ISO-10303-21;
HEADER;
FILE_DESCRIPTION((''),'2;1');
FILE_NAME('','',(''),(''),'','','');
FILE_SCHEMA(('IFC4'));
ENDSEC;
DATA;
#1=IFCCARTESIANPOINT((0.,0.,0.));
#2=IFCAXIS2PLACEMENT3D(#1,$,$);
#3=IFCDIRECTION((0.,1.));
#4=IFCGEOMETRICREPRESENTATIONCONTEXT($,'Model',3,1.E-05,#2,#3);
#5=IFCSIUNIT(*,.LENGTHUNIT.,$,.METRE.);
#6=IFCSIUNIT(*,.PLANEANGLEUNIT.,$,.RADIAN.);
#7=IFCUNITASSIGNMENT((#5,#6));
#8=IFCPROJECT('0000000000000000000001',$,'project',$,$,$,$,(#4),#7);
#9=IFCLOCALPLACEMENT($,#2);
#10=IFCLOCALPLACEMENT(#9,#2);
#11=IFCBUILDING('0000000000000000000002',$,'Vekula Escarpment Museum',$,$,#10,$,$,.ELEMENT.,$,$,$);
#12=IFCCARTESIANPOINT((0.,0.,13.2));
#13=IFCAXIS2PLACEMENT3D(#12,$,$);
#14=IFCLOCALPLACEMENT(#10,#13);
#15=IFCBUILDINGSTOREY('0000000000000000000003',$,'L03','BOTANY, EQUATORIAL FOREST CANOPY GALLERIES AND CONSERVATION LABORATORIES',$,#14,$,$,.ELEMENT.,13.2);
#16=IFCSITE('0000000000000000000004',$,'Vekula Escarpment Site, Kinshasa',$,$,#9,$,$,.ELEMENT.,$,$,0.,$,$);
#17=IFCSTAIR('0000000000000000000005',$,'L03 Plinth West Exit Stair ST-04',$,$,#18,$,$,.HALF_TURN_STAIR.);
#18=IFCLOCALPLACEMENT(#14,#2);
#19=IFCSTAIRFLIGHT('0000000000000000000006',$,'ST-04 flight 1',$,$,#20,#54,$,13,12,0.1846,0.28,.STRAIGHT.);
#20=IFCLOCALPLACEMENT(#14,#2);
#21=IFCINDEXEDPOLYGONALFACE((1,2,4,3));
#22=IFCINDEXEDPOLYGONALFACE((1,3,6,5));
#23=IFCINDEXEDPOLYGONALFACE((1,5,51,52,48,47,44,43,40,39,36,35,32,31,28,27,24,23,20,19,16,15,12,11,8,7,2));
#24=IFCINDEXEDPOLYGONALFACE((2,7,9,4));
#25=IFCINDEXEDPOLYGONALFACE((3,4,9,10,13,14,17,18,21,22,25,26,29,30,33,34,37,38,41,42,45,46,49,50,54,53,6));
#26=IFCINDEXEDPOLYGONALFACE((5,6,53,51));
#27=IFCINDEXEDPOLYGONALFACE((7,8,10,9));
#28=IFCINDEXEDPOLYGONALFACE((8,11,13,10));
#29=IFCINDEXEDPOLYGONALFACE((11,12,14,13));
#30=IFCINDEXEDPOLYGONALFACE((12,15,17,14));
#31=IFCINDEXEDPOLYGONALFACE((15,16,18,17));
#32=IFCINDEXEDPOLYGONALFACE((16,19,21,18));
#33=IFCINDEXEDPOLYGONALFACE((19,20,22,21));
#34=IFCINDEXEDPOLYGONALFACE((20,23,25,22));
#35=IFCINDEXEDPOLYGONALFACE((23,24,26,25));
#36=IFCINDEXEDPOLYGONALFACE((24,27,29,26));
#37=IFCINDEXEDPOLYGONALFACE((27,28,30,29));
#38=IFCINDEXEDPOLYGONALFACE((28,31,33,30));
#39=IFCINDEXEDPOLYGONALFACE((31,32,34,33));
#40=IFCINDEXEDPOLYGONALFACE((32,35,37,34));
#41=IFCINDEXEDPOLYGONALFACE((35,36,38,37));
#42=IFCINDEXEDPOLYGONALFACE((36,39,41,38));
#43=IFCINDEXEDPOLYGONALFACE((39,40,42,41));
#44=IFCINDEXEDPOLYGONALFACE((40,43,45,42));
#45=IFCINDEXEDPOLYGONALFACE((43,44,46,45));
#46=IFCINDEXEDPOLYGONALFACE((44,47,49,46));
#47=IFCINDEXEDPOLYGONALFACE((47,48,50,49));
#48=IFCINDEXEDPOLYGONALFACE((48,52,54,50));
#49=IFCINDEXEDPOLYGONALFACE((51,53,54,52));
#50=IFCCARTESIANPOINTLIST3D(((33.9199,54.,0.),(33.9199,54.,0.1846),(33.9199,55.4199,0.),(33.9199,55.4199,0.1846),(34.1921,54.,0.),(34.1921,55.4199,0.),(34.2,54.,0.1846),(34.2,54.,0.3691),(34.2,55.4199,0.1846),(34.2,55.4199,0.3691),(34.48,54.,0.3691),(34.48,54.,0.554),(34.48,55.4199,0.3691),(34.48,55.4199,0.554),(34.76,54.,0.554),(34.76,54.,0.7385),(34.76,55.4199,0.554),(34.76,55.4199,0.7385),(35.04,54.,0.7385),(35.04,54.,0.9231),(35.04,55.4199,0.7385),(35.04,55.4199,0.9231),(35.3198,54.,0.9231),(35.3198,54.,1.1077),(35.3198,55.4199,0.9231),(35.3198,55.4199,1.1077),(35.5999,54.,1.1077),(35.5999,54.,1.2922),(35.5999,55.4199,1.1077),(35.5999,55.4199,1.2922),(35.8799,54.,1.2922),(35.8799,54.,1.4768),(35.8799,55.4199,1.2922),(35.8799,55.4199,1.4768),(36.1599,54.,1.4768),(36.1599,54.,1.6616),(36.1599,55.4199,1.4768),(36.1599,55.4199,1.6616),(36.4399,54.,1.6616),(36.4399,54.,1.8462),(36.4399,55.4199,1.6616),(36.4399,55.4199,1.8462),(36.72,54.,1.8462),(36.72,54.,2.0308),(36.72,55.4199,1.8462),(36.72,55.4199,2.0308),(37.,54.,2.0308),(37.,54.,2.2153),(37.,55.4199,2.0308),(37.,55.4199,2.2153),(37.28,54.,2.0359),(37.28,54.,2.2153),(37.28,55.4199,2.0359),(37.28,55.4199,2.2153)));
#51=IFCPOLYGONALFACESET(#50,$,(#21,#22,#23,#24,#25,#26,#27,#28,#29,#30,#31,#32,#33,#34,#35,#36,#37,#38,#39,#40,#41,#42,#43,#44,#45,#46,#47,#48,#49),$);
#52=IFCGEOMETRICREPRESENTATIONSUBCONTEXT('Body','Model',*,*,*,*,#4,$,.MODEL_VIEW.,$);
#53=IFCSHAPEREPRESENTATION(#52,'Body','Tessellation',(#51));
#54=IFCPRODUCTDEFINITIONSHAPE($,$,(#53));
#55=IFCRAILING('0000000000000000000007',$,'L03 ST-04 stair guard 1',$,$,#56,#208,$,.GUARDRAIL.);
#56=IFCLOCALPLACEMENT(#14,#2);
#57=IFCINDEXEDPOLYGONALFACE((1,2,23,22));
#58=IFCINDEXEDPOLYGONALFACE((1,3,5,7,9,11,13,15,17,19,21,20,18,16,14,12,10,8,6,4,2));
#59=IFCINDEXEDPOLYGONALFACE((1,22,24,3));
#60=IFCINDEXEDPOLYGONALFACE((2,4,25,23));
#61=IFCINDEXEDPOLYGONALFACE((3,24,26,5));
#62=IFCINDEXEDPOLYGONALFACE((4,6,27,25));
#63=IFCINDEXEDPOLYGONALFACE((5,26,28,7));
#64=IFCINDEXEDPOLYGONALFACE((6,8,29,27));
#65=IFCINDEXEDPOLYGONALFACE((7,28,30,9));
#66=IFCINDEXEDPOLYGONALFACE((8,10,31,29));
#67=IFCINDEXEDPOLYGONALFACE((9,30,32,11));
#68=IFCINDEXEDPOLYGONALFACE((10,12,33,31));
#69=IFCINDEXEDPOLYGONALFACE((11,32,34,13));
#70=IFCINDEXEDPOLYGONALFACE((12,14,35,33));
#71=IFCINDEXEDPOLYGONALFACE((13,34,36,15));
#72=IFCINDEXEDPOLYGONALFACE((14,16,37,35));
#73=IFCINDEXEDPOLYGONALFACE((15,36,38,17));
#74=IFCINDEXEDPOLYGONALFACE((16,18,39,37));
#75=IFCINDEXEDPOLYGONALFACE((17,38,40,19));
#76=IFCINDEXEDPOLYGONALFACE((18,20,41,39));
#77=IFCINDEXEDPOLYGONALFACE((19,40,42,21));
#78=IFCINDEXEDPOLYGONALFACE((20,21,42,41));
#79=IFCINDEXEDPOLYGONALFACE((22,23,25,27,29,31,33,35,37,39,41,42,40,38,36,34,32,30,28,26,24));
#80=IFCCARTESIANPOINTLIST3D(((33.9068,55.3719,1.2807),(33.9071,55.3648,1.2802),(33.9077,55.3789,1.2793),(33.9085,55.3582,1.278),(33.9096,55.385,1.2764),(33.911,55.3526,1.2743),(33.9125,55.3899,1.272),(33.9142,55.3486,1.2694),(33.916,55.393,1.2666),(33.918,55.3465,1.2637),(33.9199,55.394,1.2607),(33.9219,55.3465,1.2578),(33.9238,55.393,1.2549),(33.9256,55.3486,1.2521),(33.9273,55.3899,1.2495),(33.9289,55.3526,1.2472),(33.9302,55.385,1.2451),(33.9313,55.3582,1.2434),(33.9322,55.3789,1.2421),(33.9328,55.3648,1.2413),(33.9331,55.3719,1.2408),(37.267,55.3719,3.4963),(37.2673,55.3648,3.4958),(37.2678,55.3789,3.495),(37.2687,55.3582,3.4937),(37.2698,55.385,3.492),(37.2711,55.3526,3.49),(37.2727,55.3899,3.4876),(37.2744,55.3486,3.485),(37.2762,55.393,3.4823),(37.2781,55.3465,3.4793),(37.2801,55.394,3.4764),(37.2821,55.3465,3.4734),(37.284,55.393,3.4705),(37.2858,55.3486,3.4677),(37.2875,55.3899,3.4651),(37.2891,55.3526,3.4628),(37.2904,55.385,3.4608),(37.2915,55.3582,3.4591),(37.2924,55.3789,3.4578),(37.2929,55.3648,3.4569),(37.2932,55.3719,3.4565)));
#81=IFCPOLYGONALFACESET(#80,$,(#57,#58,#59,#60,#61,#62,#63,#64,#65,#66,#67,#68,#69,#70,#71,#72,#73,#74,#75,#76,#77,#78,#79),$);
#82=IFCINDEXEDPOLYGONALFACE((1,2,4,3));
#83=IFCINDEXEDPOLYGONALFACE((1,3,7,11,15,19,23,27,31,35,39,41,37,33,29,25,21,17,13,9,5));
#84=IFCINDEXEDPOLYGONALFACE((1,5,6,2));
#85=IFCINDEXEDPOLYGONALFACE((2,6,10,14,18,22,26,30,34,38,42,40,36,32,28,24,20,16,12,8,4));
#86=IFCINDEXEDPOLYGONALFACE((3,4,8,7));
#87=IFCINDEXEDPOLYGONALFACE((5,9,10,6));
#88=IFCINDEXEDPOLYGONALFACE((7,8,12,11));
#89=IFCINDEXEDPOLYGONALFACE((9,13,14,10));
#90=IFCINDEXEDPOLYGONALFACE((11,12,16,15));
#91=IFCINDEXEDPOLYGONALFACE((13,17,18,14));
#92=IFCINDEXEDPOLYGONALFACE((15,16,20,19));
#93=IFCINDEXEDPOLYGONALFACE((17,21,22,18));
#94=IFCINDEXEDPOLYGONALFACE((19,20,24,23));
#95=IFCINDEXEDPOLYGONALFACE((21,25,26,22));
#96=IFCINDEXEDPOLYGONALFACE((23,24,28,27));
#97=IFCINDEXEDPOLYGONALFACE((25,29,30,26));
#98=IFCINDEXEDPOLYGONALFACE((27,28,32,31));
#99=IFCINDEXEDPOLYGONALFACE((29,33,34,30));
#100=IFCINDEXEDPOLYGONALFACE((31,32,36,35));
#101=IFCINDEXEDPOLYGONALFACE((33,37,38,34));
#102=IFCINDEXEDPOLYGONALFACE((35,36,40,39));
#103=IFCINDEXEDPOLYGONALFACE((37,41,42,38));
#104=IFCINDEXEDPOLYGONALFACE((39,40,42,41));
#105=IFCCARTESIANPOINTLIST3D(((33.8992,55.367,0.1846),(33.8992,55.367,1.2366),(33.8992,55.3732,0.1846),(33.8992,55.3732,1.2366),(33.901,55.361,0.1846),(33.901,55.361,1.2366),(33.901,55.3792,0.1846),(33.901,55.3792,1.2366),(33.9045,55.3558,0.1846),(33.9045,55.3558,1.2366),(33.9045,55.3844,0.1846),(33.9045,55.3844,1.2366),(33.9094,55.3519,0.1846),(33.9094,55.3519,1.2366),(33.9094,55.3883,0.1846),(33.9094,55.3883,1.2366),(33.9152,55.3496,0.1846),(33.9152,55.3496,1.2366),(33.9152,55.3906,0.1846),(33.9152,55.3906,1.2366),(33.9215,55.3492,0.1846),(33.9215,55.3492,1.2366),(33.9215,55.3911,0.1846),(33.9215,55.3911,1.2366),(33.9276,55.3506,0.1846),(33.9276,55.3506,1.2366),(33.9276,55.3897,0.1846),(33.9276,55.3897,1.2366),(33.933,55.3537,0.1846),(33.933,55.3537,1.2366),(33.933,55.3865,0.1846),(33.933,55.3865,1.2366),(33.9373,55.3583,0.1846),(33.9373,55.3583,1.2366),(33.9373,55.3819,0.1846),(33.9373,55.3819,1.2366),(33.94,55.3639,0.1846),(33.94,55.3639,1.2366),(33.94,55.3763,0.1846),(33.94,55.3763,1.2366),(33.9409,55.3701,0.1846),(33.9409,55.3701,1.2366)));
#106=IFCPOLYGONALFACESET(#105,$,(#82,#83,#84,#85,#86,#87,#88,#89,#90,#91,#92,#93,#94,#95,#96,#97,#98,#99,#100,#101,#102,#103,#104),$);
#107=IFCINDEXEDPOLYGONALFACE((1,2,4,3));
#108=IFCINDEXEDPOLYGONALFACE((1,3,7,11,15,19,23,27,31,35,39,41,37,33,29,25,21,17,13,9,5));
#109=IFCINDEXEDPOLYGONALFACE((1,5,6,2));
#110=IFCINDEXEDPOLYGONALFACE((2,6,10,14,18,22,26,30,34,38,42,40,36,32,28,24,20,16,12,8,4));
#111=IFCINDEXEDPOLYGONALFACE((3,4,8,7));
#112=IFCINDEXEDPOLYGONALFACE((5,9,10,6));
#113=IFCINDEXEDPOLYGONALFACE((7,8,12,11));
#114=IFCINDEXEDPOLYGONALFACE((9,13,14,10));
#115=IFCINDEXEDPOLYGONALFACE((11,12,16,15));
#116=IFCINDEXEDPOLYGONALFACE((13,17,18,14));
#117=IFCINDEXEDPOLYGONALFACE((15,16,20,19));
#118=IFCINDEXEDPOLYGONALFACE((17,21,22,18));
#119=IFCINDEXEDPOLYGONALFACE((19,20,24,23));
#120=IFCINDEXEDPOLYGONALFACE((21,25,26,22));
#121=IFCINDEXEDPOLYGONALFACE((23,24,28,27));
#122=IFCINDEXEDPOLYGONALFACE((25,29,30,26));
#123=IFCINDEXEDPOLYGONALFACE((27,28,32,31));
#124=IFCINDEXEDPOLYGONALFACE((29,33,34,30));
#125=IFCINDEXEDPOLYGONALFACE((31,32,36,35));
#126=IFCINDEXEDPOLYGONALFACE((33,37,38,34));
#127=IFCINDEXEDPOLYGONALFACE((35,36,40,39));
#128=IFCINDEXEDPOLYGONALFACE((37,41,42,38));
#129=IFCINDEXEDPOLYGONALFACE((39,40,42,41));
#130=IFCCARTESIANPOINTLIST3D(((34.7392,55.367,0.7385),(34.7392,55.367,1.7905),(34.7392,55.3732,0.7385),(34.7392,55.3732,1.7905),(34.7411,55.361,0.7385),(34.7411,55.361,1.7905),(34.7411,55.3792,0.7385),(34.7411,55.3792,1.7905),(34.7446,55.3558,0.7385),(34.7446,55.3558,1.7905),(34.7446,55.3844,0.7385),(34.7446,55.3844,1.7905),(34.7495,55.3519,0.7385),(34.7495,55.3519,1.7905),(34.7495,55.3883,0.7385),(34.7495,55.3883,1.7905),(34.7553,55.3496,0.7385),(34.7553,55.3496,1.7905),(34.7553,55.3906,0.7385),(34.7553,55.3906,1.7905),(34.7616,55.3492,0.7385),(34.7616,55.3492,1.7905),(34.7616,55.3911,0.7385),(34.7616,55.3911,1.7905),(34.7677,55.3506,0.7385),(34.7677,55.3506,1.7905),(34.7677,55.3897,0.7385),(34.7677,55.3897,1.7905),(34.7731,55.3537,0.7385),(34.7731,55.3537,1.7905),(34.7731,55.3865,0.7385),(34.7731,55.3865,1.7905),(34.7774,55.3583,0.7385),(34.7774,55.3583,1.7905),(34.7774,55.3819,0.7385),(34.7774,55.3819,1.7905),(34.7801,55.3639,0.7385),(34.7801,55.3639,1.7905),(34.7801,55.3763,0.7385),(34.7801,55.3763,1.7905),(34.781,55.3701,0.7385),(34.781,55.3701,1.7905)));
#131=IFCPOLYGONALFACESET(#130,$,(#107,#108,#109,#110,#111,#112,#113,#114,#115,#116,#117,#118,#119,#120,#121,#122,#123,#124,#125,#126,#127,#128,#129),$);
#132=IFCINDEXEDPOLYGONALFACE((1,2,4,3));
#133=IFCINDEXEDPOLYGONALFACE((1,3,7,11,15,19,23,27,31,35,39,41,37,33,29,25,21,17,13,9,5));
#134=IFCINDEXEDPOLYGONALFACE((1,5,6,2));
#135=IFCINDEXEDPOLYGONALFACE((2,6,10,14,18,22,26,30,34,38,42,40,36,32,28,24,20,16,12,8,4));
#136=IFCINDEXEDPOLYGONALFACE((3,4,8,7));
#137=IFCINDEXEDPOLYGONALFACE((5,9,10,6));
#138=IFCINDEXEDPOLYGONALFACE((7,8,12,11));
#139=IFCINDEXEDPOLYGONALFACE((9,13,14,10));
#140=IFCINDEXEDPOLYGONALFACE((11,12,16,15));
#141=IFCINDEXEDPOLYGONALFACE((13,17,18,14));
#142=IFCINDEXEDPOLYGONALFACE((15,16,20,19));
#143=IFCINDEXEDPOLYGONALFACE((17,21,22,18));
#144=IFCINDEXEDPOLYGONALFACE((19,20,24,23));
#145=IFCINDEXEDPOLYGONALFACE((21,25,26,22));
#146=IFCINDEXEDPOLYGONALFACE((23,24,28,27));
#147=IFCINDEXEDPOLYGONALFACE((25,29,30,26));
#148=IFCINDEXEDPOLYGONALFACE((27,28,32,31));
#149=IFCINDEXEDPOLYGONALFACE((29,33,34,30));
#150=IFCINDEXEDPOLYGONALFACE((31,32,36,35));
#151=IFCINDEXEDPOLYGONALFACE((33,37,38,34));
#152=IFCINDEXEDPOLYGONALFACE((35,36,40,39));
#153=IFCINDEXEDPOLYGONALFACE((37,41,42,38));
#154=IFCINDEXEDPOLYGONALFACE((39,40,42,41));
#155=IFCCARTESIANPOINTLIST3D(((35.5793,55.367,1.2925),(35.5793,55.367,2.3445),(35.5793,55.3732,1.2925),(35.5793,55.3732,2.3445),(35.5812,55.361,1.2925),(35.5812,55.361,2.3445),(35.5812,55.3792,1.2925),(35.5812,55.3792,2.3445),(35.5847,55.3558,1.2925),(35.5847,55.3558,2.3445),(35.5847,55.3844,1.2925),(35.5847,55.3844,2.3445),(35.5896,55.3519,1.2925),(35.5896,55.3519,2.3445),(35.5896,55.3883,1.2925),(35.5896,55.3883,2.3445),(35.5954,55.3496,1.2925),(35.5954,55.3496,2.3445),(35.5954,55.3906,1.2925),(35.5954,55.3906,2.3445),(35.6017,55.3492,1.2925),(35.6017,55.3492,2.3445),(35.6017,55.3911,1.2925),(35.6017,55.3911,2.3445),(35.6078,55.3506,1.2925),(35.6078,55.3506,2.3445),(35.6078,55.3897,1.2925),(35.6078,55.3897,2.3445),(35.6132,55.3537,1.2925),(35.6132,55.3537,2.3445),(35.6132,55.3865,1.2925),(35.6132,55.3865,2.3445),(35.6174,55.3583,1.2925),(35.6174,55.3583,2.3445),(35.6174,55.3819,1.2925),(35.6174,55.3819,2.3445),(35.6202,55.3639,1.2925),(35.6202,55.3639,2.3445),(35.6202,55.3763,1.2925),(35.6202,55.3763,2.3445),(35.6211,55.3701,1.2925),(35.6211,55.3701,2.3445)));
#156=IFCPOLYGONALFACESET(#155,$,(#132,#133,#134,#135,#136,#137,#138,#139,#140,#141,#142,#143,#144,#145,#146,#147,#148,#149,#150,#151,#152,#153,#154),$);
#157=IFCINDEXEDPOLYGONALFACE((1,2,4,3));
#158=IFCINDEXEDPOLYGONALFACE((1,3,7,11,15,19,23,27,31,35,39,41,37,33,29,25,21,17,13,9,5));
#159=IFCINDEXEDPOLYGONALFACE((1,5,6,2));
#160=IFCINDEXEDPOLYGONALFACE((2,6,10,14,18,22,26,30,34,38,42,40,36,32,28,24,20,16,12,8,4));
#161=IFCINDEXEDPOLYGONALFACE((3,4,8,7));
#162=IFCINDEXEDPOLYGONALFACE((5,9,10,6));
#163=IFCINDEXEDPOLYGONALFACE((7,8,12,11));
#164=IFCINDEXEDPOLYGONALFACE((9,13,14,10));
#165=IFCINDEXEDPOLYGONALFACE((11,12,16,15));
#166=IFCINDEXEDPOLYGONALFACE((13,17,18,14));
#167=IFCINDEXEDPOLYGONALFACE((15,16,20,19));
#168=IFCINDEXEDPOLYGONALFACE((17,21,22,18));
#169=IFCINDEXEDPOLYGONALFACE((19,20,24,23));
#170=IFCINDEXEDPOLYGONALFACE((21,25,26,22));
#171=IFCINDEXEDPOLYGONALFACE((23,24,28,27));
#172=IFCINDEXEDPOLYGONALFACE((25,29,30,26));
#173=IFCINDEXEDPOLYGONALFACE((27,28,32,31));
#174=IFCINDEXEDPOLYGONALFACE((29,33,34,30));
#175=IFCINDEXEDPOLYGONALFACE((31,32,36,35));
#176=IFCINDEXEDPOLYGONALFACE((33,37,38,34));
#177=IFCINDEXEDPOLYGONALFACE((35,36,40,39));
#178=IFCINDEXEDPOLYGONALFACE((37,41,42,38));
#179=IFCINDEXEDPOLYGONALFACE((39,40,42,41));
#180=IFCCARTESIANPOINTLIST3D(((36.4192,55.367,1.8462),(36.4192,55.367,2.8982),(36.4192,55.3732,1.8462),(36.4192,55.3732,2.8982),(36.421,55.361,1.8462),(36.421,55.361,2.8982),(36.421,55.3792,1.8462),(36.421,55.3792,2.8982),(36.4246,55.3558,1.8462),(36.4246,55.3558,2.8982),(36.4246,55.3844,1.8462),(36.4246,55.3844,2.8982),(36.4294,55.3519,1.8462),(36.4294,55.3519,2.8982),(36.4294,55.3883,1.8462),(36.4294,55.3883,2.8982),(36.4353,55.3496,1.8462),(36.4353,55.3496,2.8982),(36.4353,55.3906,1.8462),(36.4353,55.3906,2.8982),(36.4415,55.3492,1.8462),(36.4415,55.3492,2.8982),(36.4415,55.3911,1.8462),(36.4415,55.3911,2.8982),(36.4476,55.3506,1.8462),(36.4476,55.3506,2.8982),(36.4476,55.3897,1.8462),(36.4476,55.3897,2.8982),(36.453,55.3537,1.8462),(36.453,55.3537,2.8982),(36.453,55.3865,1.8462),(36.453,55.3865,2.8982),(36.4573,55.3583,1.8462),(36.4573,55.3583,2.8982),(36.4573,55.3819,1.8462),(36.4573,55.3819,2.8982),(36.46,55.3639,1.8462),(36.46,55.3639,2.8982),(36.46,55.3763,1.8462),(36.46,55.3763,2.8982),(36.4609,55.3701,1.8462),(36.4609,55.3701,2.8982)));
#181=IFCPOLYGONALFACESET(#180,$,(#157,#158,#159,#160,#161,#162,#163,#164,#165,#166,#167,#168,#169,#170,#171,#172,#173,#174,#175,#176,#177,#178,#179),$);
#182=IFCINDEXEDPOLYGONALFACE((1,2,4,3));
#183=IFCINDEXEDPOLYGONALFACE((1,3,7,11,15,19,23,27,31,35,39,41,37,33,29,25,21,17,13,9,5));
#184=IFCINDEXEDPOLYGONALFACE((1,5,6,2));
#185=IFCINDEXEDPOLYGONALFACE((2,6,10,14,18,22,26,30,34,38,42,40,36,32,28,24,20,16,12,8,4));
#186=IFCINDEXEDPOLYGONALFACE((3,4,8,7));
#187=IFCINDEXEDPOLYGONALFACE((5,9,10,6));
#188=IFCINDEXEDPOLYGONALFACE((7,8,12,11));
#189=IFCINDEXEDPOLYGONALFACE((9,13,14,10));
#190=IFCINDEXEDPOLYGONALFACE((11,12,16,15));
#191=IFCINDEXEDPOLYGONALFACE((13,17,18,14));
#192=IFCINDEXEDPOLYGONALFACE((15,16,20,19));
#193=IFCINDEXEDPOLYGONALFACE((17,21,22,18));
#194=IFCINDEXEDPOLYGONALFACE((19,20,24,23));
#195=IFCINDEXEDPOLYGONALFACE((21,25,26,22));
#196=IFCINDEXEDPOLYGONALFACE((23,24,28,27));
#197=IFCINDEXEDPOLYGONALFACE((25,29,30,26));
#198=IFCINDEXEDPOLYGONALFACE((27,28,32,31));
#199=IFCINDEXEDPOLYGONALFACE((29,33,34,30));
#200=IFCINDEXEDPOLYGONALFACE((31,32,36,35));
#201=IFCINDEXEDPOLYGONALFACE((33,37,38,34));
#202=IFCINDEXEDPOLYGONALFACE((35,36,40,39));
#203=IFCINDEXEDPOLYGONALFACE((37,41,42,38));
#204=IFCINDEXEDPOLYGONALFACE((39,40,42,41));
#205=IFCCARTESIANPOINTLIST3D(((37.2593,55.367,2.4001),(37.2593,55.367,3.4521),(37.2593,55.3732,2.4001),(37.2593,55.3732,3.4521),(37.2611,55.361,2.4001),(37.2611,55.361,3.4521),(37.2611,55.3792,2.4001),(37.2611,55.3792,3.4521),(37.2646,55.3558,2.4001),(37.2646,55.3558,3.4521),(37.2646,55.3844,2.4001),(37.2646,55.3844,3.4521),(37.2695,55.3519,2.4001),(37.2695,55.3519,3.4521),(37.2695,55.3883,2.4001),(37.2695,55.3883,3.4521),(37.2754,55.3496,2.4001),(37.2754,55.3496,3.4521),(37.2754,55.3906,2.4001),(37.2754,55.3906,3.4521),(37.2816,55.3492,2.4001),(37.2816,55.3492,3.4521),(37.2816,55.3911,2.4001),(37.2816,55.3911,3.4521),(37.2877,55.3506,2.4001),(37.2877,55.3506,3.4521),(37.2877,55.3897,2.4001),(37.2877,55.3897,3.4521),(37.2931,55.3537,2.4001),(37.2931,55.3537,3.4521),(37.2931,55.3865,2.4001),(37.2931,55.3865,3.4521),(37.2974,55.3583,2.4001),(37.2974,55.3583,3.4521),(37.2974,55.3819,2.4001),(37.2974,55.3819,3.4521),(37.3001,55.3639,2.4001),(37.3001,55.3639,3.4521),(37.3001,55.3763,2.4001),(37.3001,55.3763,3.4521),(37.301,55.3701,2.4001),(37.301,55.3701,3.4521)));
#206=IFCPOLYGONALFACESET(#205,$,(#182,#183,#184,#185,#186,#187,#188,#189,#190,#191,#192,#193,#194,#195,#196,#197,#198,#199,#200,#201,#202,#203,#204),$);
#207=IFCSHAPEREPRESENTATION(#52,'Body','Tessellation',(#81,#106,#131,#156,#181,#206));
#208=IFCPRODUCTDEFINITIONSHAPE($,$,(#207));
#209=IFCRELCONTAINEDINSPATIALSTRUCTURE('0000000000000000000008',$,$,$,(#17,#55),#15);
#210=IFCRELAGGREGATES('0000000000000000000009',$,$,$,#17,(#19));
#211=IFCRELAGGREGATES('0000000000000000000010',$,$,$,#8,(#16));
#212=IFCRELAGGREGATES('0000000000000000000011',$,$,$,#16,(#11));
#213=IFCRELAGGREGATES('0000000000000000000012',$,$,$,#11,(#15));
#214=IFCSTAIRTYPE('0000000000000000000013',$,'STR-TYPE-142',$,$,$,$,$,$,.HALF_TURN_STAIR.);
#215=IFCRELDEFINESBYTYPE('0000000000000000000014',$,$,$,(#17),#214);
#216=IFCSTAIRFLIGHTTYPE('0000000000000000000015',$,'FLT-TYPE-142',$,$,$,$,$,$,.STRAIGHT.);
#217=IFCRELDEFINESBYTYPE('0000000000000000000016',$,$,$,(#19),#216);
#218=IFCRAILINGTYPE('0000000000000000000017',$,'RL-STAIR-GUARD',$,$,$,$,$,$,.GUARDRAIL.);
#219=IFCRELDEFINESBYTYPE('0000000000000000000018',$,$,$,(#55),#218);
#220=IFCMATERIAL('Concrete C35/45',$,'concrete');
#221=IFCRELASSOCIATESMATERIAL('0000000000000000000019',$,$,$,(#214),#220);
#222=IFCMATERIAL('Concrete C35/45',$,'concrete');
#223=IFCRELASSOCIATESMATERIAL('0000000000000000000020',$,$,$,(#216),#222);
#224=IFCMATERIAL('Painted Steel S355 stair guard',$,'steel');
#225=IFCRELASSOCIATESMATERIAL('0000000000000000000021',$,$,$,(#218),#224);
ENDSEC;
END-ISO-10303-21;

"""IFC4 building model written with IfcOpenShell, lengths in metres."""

from ifc_helpers import new_model, si_unit, direction, frame, origin, origin_2d, place, context, subcontext, project, spatial, polyline, circle, outline, extrude, material, type_object, element, aggregate, save


model = new_model("IFC4")

# Units and contexts
model_context = context("Model", 3, precision=1e-05, world=origin(), true_north=direction((0.0, 1.0)))
body_context = subcontext(model_context, "Body", "Model", "MODEL_VIEW")
ifc_project = project(units=[si_unit("LENGTHUNIT", "METRE"), si_unit("PLANEANGLEUNIT", "RADIAN")], contexts=[model_context])

# Site, building, storey
site_placement = place(None, origin())
site = spatial("IfcSite", under=ifc_project, at=site_placement, Name="Vekula Escarpment Site, Kinshasa", CompositionType="ELEMENT", RefElevation=0.0)
building_placement = place(site_placement, origin())
building = spatial("IfcBuilding", under=site, at=building_placement, Name="Vekula Escarpment Museum", CompositionType="ELEMENT")
storey_placement = place(building_placement, frame((0.0, 0.0, 13.2)))
storey = spatial("IfcBuildingStorey", under=building, at=storey_placement, Name="L03", Description="BOTANY, EQUATORIAL FOREST CANOPY GALLERIES AND CONSERVATION LABORATORIES", CompositionType="ELEMENT", Elevation=13.2)

# Stair, stair flight
ifc_material_1 = material(Name="Concrete C35/45", Category="concrete")
stair_type = type_object("IfcStairType", Name="STR-TYPE-142", PredefinedType="HALF_TURN_STAIR", material=ifc_material_1)
stair_placement = place(storey_placement, origin())
stair = element("IfcStair", 1, at=stair_placement, inside=storey, type_object=stair_type, Name="L03 Plinth West Exit Stair ST-04", PredefinedType="HALF_TURN_STAIR")
ifc_material_2 = material(Name="Concrete C35/45", Category="concrete")
stair_flight_type = type_object("IfcStairFlightType", Name="FLT-TYPE-142", PredefinedType="STRAIGHT", material=ifc_material_2)
stair_flight_placement = place(storey_placement, frame((33.9199, 54.71, 0.0), z_axis=(0.0, 0.0, 1.0), x_axis=(1.0, 0.0, 0.0)))
stair_flight = element("IfcStairFlight", 2, at=stair_flight_placement, type_object=stair_flight_type, Name="ST-04 flight 1", NumberOfRisers=13, NumberOfTreads=12, PredefinedType="STRAIGHT", RiserHeight=0.1846, TreadLength=0.28, context=body_context, shape_type="SweptSolid", body=[
    extrude(outline(polyline([(0.0, 0.0), (0.0, 0.1846), (0.28, 0.1846), (0.28, 0.3691), (0.5601, 0.3691), (0.5601, 0.554), (0.8401, 0.554), (0.8401, 0.7385), (1.1201, 0.7385), (1.1201, 0.9231), (1.3999, 0.9231), (1.3999, 1.1077), (1.6799, 1.1077), (1.6799, 1.2922), (1.96, 1.2922), (1.96, 1.4768), (2.24, 1.4768), (2.24, 1.6616), (2.52, 1.6616), (2.52, 1.8462), (2.8, 1.8462), (2.8, 2.0308), (3.0801, 2.0308), (3.0801, 2.2153), (3.3601, 2.2153), (3.3601, 2.3999), (3.3601, 2.0359), (0.2722, 0.0), (0.0, 0.0)])), frame((0.0, 0.71, 0.0), z_axis=(0.0, -1.0, 0.0), x_axis=(1.0, 0.0, 0.0)), (0.0, 0.0, 1.0), 1.4199),
])
aggregate(stair, [stair_flight])

# Railing
ifc_material_3 = material(Name="Painted Steel S355 stair guard", Category="steel")
railing_type_1 = type_object("IfcRailingType", Name="RL-STAIR-GUARD", PredefinedType="GUARDRAIL", material=ifc_material_3)
railing_1_placement = place(storey_placement, frame((33.9199, 55.3701, 0.1846)))
element("IfcRailing", 3, at=railing_1_placement, inside=storey, type_object=railing_type_1, Name="L03 ST-04 stair guard 1", PredefinedType="GUARDRAIL", context=body_context, shape_type="SweptSolid", body=[
    extrude(circle(Radius=0.0239, at=origin_2d()), frame((0.0, 0.0, 1.0762), z_axis=(0.834849, 0.0, 0.55048), x_axis=(0.0, 1.0, 0.0)), (0.0, 0.0, 1.0), 4.0249),
    extrude(circle(Radius=0.021, at=origin_2d()), origin(), (0.0, 0.0, 1.0), 1.052),
    extrude(circle(Radius=0.021, at=origin_2d()), frame((0.8401, 0.0, 0.554)), (0.0, 0.0, 1.0), 1.052),
    extrude(circle(Radius=0.021, at=origin_2d()), frame((1.6802, 0.0, 1.1079)), (0.0, 0.0, 1.0), 1.052),
    extrude(circle(Radius=0.021, at=origin_2d()), frame((2.52, 0.0, 1.6616)), (0.0, 0.0, 1.0), 1.052),
    extrude(circle(Radius=0.021, at=origin_2d()), frame((3.3601, 0.0, 2.2156)), (0.0, 0.0, 1.0), 1.052),
])

save(model, "model.ifc")
